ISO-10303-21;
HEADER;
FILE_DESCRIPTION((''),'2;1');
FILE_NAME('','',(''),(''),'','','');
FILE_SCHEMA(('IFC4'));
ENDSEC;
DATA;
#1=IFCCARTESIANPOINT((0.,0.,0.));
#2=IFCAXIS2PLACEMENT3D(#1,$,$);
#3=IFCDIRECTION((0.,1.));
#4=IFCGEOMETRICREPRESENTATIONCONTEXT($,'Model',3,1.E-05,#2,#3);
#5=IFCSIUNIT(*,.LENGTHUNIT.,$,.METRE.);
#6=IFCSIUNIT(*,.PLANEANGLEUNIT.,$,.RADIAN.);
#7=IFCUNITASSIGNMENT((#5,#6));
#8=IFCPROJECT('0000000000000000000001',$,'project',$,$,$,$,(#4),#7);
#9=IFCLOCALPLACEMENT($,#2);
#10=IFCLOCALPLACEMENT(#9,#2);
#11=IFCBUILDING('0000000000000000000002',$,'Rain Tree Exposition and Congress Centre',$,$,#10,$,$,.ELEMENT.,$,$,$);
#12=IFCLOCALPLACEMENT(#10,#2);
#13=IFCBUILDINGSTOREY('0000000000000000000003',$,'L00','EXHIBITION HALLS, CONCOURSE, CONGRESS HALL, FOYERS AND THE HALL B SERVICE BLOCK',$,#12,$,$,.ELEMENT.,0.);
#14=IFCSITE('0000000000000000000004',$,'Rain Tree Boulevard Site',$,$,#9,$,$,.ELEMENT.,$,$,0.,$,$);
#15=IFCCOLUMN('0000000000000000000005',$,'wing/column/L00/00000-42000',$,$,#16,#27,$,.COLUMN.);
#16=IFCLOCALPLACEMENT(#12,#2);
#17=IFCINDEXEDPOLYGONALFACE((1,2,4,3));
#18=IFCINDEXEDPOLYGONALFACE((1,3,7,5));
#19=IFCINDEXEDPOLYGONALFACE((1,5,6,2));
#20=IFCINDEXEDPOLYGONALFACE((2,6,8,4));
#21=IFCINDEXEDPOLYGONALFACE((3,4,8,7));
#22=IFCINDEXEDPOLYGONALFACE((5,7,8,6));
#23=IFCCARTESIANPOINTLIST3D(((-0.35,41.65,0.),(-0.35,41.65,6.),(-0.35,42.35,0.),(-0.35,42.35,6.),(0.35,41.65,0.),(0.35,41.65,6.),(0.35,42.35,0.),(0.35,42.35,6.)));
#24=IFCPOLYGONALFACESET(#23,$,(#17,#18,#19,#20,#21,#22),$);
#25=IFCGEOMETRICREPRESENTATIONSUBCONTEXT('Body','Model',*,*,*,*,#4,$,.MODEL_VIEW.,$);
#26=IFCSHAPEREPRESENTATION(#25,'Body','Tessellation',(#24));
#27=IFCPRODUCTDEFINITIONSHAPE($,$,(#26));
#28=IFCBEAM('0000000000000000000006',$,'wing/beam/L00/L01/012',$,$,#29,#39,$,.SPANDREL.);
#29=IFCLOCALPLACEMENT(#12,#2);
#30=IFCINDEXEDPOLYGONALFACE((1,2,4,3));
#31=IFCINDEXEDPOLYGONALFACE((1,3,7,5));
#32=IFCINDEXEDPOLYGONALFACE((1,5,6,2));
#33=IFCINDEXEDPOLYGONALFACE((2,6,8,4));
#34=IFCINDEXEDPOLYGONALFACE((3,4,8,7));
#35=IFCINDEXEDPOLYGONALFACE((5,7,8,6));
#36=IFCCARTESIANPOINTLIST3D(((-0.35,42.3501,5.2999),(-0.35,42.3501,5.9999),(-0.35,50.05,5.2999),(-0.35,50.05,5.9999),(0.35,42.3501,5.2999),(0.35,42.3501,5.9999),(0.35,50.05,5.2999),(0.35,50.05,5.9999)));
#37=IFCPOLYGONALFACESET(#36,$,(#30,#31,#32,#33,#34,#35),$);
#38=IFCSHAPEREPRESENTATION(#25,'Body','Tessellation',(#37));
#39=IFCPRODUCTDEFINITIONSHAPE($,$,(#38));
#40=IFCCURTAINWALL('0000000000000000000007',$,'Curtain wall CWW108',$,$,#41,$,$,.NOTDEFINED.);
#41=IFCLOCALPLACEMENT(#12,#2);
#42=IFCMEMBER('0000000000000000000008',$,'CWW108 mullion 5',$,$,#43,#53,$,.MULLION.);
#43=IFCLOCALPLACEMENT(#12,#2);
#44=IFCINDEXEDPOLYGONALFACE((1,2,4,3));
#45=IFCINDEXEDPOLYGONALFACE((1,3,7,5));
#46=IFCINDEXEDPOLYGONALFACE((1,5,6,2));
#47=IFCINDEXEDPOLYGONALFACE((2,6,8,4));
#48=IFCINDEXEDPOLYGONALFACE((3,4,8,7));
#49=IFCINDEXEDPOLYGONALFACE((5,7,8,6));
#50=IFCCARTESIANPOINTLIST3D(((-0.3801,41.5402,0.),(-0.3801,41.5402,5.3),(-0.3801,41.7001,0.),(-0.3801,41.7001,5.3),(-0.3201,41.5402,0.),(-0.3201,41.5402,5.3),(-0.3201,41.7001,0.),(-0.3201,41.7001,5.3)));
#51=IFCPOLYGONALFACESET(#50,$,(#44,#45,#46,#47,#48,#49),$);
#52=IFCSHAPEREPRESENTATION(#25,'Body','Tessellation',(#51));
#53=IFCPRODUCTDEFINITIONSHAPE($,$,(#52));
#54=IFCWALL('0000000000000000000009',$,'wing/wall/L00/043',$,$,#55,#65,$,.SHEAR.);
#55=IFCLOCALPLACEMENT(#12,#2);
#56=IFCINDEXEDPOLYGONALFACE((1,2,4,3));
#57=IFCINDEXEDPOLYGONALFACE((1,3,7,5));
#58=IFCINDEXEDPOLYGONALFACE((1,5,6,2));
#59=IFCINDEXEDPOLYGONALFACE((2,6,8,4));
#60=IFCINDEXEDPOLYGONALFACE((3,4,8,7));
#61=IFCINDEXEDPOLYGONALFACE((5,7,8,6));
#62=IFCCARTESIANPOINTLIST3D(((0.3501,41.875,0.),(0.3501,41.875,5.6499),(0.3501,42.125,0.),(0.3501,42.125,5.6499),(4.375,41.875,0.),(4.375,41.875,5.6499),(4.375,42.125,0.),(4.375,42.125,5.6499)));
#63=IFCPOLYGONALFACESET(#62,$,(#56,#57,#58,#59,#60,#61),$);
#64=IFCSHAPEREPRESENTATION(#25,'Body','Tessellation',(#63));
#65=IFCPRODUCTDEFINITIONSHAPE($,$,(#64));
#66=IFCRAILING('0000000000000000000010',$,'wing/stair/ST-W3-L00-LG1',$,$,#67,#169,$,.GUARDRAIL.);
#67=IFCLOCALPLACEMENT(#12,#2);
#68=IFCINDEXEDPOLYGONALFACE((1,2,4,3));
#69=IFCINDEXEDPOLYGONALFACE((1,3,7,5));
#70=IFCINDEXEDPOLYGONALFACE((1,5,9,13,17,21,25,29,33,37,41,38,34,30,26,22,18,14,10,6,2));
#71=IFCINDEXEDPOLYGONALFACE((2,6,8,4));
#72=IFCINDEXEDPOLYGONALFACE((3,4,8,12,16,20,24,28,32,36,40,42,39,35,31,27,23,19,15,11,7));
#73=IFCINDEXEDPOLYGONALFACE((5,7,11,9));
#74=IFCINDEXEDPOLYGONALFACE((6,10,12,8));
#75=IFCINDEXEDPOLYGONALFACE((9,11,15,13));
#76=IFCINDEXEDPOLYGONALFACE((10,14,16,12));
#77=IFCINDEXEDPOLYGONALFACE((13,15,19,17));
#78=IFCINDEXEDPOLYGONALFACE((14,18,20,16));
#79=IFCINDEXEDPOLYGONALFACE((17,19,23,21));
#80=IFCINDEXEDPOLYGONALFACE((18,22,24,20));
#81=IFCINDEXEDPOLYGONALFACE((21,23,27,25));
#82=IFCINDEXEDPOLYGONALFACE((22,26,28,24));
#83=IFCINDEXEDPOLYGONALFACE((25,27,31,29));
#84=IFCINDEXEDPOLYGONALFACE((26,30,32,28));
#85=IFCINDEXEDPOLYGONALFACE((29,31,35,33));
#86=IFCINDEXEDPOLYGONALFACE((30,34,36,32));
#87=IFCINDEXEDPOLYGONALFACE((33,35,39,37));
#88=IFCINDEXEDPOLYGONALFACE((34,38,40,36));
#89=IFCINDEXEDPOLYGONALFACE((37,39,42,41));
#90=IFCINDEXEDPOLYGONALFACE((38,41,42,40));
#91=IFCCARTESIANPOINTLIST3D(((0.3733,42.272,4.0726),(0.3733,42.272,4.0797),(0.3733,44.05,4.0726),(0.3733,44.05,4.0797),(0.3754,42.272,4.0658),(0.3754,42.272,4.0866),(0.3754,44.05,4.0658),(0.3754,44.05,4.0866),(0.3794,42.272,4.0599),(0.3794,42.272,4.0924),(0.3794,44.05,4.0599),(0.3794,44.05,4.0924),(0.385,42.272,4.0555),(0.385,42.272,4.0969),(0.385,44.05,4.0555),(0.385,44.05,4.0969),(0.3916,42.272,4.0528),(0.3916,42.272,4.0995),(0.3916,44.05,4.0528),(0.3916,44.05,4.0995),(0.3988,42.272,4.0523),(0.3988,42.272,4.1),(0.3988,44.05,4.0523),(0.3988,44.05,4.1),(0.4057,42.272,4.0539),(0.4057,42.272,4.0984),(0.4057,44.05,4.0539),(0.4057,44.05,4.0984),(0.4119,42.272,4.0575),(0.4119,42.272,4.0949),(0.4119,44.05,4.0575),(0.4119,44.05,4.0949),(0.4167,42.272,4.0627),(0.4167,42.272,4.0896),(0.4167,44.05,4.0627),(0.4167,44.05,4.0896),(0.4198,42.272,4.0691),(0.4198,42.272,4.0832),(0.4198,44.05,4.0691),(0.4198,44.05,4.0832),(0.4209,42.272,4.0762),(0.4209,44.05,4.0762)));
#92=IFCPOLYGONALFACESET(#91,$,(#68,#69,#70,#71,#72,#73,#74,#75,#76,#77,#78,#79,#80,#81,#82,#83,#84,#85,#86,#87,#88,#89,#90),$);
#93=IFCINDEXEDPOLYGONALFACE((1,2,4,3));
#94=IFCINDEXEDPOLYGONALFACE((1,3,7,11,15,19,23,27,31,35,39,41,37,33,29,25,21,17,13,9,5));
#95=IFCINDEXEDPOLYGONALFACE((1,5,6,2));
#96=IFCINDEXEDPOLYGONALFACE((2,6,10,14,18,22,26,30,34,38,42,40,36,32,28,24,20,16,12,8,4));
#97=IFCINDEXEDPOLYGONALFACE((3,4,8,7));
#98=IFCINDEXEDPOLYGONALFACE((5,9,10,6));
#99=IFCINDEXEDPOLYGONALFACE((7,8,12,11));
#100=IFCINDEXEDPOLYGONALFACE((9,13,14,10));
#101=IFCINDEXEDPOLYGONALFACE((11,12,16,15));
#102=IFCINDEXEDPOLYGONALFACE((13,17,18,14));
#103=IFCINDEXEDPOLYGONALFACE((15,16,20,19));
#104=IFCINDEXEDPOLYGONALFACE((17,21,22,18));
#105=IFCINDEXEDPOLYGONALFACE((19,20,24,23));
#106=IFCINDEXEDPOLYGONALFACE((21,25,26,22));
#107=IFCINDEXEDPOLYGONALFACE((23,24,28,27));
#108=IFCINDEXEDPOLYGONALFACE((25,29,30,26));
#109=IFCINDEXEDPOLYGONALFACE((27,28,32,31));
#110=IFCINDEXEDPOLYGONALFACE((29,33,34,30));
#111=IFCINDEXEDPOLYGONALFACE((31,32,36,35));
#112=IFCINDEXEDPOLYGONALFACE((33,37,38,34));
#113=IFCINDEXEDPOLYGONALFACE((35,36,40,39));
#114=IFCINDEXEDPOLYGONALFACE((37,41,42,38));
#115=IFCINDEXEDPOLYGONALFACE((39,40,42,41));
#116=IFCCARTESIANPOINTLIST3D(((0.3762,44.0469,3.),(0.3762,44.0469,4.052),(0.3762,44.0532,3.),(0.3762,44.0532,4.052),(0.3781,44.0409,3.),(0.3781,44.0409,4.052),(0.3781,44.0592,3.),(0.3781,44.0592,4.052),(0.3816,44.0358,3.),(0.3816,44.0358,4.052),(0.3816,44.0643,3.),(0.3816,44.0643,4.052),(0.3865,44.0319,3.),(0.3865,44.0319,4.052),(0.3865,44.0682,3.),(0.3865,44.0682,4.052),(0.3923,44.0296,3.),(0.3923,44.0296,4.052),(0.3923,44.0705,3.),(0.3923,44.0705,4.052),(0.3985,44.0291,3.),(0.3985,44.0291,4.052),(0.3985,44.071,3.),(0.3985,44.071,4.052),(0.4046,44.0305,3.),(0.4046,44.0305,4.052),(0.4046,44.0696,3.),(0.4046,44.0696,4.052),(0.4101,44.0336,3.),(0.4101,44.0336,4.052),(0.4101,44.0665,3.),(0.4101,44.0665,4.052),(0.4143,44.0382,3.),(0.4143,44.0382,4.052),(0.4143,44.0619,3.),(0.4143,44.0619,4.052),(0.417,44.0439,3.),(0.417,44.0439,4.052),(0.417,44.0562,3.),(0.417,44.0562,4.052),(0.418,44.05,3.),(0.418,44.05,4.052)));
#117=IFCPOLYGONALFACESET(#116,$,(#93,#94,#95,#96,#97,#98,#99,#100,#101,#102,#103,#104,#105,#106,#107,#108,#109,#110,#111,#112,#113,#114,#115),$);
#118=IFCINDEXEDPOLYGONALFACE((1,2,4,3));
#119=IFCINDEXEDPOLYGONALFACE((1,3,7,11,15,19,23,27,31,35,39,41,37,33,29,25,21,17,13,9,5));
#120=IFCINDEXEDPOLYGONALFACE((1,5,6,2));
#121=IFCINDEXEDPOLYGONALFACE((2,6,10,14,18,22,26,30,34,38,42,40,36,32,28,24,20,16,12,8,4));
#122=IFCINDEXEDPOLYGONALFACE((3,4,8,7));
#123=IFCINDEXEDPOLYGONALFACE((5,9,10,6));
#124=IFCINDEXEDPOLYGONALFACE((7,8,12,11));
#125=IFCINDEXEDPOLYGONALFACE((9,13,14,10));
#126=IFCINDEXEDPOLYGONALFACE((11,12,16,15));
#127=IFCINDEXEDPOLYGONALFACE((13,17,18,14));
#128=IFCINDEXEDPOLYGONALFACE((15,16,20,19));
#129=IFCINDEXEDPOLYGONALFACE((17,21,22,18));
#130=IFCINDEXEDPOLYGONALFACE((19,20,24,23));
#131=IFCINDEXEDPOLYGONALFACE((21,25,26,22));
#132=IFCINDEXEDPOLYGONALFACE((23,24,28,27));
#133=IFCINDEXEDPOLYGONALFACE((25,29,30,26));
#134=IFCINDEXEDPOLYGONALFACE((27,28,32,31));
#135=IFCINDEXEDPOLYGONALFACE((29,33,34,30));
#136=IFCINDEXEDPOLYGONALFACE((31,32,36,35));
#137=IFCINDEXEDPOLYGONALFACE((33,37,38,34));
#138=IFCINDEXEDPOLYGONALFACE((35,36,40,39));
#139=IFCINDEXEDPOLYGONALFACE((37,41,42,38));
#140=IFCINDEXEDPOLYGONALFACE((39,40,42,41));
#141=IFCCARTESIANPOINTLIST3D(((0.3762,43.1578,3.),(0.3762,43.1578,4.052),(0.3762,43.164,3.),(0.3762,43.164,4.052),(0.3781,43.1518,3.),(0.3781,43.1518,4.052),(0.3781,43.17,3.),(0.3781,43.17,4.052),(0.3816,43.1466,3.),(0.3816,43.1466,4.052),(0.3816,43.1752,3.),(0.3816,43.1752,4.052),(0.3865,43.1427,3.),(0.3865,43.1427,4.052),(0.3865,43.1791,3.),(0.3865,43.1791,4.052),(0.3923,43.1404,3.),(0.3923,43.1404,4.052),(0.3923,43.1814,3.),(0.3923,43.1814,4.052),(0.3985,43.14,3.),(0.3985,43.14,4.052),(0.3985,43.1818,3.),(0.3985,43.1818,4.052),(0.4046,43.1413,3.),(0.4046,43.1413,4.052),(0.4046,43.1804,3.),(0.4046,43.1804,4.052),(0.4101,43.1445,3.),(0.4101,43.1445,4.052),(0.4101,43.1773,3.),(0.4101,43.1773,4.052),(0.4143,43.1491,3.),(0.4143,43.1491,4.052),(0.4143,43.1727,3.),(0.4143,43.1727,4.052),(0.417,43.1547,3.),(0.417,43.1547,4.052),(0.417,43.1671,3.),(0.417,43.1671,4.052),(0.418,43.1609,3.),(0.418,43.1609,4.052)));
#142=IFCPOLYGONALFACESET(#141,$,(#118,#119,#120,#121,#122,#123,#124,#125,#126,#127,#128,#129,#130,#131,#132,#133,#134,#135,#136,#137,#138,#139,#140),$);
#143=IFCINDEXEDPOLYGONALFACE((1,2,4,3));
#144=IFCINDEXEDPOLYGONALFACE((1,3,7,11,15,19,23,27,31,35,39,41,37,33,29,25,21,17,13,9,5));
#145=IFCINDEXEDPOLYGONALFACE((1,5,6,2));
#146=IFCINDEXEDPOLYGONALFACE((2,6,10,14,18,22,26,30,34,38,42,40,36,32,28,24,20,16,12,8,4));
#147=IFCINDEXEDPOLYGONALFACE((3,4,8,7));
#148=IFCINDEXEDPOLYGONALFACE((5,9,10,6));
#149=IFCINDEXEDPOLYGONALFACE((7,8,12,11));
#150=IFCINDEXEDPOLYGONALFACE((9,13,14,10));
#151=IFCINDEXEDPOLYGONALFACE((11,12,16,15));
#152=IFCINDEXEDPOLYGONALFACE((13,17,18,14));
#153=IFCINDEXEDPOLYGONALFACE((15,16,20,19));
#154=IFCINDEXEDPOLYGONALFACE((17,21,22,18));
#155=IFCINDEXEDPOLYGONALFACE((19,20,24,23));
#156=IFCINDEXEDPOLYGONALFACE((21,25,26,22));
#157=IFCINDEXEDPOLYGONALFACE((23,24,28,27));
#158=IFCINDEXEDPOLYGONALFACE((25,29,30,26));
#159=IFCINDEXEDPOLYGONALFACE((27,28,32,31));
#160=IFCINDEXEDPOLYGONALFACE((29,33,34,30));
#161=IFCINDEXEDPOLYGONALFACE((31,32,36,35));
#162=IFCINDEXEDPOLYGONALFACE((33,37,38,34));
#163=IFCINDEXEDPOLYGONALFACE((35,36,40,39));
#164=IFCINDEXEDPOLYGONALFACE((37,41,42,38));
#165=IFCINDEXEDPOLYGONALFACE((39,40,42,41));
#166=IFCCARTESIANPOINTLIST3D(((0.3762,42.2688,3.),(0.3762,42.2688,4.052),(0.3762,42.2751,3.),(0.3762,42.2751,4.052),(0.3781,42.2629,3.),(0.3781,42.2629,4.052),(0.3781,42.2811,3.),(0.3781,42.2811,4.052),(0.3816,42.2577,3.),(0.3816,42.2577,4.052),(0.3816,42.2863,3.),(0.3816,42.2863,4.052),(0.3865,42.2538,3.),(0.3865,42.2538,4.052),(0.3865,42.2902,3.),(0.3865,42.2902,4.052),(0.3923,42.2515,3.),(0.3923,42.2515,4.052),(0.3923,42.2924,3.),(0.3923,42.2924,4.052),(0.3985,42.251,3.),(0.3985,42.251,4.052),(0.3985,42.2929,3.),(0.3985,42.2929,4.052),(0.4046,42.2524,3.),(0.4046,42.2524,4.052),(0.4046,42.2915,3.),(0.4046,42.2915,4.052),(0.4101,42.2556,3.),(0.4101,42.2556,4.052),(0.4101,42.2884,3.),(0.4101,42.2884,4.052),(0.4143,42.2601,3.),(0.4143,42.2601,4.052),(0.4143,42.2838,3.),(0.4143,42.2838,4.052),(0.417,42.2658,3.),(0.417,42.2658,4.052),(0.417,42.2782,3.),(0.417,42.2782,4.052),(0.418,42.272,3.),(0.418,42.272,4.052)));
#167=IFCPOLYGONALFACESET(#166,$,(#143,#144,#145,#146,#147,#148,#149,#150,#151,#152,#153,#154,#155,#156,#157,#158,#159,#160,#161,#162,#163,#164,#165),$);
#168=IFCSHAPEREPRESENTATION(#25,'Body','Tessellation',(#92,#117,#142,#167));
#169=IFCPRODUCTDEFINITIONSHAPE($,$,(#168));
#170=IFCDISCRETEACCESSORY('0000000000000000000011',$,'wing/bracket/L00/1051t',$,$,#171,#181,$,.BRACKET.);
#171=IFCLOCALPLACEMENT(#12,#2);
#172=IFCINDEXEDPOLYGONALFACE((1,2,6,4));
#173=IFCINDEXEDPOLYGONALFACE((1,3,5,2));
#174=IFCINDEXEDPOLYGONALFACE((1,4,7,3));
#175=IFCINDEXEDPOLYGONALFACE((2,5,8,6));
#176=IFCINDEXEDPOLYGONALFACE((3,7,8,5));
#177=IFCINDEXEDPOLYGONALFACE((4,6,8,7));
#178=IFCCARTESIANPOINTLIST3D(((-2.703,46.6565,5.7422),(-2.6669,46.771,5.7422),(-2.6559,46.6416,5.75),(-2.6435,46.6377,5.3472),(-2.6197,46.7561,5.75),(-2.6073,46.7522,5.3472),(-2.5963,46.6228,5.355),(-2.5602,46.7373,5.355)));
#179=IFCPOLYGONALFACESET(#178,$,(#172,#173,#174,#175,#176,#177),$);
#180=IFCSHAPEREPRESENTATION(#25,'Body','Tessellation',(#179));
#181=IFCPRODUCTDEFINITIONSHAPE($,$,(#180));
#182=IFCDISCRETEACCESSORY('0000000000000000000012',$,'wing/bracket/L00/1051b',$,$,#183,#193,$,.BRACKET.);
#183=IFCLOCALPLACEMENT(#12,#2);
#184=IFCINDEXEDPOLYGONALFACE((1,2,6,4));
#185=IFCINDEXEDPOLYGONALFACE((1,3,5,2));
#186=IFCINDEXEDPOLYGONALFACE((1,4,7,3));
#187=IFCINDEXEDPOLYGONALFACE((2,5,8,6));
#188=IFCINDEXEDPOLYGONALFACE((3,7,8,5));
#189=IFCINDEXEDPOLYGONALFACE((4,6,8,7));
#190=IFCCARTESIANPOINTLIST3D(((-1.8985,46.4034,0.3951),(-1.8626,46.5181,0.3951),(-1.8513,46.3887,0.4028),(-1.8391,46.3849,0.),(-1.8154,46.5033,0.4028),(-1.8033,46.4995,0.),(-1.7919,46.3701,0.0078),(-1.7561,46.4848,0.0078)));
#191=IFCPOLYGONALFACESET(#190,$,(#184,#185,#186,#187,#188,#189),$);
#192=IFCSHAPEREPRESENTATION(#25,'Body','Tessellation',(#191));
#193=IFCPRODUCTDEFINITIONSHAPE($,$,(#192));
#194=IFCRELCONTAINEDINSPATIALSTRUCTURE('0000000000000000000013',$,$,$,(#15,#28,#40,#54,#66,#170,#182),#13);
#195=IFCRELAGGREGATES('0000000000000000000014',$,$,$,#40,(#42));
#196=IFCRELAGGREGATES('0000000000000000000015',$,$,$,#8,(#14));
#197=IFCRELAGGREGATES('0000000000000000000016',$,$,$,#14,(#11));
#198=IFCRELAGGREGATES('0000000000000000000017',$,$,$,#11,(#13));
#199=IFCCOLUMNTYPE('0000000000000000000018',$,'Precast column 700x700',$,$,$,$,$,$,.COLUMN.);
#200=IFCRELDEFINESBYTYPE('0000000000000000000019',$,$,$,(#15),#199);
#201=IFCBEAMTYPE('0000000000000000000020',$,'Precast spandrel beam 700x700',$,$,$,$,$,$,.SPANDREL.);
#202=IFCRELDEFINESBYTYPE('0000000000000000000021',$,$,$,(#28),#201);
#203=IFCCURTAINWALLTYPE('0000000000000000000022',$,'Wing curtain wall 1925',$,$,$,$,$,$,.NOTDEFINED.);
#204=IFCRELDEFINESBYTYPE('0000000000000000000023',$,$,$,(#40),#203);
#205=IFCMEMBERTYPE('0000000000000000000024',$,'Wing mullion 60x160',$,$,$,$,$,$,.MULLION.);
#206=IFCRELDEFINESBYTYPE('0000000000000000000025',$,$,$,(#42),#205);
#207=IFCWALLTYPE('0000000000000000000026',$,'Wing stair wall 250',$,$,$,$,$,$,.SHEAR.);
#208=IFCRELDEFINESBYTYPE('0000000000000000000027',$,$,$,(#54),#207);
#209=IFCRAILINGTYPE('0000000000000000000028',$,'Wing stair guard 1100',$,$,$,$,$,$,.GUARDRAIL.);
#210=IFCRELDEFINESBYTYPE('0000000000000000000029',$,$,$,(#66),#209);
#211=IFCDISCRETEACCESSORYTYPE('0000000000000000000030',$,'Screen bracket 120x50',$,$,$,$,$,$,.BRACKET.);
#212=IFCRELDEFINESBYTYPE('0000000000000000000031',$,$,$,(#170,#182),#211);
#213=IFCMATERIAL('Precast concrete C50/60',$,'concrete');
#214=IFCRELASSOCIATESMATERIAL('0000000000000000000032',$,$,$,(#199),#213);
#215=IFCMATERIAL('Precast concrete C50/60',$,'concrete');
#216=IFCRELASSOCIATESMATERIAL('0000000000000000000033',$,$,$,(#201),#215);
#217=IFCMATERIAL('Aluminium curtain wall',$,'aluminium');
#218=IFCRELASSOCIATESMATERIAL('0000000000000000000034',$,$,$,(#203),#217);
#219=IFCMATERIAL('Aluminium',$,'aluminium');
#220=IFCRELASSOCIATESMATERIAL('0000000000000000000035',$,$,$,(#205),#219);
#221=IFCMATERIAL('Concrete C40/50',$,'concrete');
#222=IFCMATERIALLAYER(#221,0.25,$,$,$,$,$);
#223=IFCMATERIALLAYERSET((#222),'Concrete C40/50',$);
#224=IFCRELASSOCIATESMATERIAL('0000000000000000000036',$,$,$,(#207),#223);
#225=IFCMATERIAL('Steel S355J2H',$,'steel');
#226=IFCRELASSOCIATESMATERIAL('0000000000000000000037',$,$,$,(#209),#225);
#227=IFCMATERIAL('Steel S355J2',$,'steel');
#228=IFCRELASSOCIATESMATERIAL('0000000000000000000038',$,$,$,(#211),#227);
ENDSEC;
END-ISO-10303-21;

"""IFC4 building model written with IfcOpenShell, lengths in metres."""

from ifc_helpers import new_model, si_unit, direction, frame, frame_2d, origin, origin_2d, place, context, subcontext, project, spatial, rectangle, circle, extrude, material, layer, layer_set, material_profile, profile_set, type_object, element, aggregate, save


model = new_model("IFC4")

# Units and contexts
model_context = context("Model", 3, precision=1e-05, world=origin(), true_north=direction((0.0, 1.0)))
body_context = subcontext(model_context, "Body", "Model", "MODEL_VIEW")
ifc_project = project(units=[si_unit("LENGTHUNIT", "METRE"), si_unit("PLANEANGLEUNIT", "RADIAN")], contexts=[model_context])

# Site, building, storey
site_placement = place(None, origin())
site = spatial("IfcSite", under=ifc_project, at=site_placement, Name="Rain Tree Boulevard Site", CompositionType="ELEMENT", RefElevation=0.0)
building_placement = place(site_placement, origin())
building = spatial("IfcBuilding", under=site, at=building_placement, Name="Rain Tree Exposition and Congress Centre", CompositionType="ELEMENT")
storey_placement = place(building_placement, origin())
storey = spatial("IfcBuildingStorey", under=building, at=storey_placement, Name="L00", Description="EXHIBITION HALLS, CONCOURSE, CONGRESS HALL, FOYERS AND THE HALL B SERVICE BLOCK", CompositionType="ELEMENT", Elevation=0.0)

# Column
ifc_material_1 = material(Name="Precast concrete C50/60", Category="concrete")
ifc_material_profile_1 = material_profile(ifc_material_1, rectangle(XDim=0.7, YDim=0.7, at=origin_2d()), Name="RC 700x700")
ifc_profile_set_1 = profile_set([ifc_material_profile_1], Name="Precast concrete C50/60")
column_type = type_object("IfcColumnType", Name="Precast column 700x700", PredefinedType="COLUMN", material=ifc_profile_set_1)
column_placement = place(storey_placement, frame((0.0, 42.0, 0.0), z_axis=(0.0, 0.0, 1.0), x_axis=(1.0, 0.0, 0.0)))
element("IfcColumn", 1, at=column_placement, inside=storey, type_object=column_type, Name="wing/column/L00/00000-42000", PredefinedType="COLUMN", context=body_context, shape_type="SweptSolid", body=[
    extrude(rectangle(XDim=0.7, YDim=0.7, at=origin_2d()), origin(), (0.0, 0.0, 1.0), 6.0),
])

# Beam
ifc_material_2 = material(Name="Precast concrete C50/60", Category="concrete")
ifc_material_profile_2 = material_profile(ifc_material_2, rectangle(XDim=0.7, YDim=0.7, at=origin_2d()), Name="RC 700x700")
ifc_profile_set_2 = profile_set([ifc_material_profile_2], Name="Precast concrete C50/60")
beam_type = type_object("IfcBeamType", Name="Precast spandrel beam 700x700", PredefinedType="SPANDREL", material=ifc_profile_set_2)
beam_placement = place(storey_placement, frame((0.0, 42.3501, 5.6499), z_axis=(0.0, 1.0, 0.0), x_axis=(-1.0, 0.0, 0.0)))
element("IfcBeam", 2, at=beam_placement, inside=storey, type_object=beam_type, Name="wing/beam/L00/L01/012", PredefinedType="SPANDREL", context=body_context, shape_type="SweptSolid", body=[
    extrude(rectangle(XDim=0.7, YDim=0.7, at=origin_2d()), origin(), (0.0, 0.0, 1.0), 7.7),
])

# Curtain wall, member
ifc_material_3 = material(Name="Aluminium curtain wall", Category="aluminium")
curtain_wall_type = type_object("IfcCurtainWallType", Name="Wing curtain wall 1925", PredefinedType="NOTDEFINED", material=ifc_material_3)
curtain_wall_placement = place(storey_placement, origin())
curtain_wall = element("IfcCurtainWall", 3, at=curtain_wall_placement, inside=storey, type_object=curtain_wall_type, Name="Curtain wall CWW108", PredefinedType="NOTDEFINED")
ifc_material_4 = material(Name="Aluminium", Category="aluminium")
ifc_material_profile_3 = material_profile(ifc_material_4, rectangle(XDim=0.0601, YDim=0.1599, at=origin_2d()), Name="Aluminium 60x160")
ifc_profile_set_3 = profile_set([ifc_material_profile_3], Name="Aluminium")
member_type = type_object("IfcMemberType", Name="Wing mullion 60x160", PredefinedType="MULLION", material=ifc_profile_set_3)
member_placement = place(storey_placement, frame((-0.3501, 41.6201, 0.0), z_axis=(0.0, 0.0, 1.0), x_axis=(-1.0, 0.0, 0.0)))
member = element("IfcMember", 4, at=member_placement, type_object=member_type, Name="CWW108 mullion 5", PredefinedType="MULLION", context=body_context, shape_type="SweptSolid", body=[
    extrude(rectangle(XDim=0.0601, YDim=0.1599, at=origin_2d()), origin(), (0.0, 0.0, 1.0), 5.3),
])
aggregate(curtain_wall, [member])

# Wall
ifc_material_5 = material(Name="Concrete C40/50", Category="concrete")
ifc_layer_1 = layer(ifc_material_5, 0.25)
ifc_layer_set_1 = layer_set([ifc_layer_1], Name="Concrete C40/50")
wall_type_1 = type_object("IfcWallType", Name="Wing stair wall 250", PredefinedType="SHEAR", material=ifc_layer_set_1)
wall_1_placement = place(storey_placement, frame((0.3501, 42.0, 0.0), z_axis=(0.0, 0.0, 1.0), x_axis=(1.0, 0.0, 0.0)))
element("IfcWall", 5, at=wall_1_placement, inside=storey, type_object=wall_type_1, Name="wing/wall/L00/043", PredefinedType="SHEAR", context=body_context, shape_type="SweptSolid", body=[
    extrude(rectangle(XDim=4.0249, YDim=0.25, at=frame_2d((2.0125, 0.0))), origin(), (0.0, 0.0, 1.0), 5.6499),
])

# Railing
ifc_material_6 = material(Name="Steel S355J2H", Category="steel")
railing_type = type_object("IfcRailingType", Name="Wing stair guard 1100", PredefinedType="GUARDRAIL", material=ifc_material_6)
railing_placement = place(storey_placement, frame((0.397, 44.05, 3.0)))
element("IfcRailing", 6, at=railing_placement, inside=storey, type_object=railing_type, Name="wing/stair/ST-W3-L00-LG1", PredefinedType="GUARDRAIL", context=body_context, shape_type="SweptSolid", body=[
    extrude(circle(Radius=0.0239, at=origin_2d()), frame((0.0, 0.0, 1.0762), z_axis=(0.0, -1.0, 0.0), x_axis=(1.0, 0.0, 0.0)), (0.0, 0.0, 1.0), 1.7781),
    extrude(circle(Radius=0.021, at=origin_2d()), origin(), (0.0, 0.0, 1.0), 1.052),
    extrude(circle(Radius=0.021, at=origin_2d()), frame((0.0, -0.8892, 0.0)), (0.0, 0.0, 1.0), 1.052),
    extrude(circle(Radius=0.021, at=origin_2d()), frame((0.0, -1.7781, 0.0)), (0.0, 0.0, 1.0), 1.052),
])

# Discrete accessories
ifc_material_7 = material(Name="Steel S355J2", Category="steel")
ifc_material_profile_4 = material_profile(ifc_material_7, rectangle(XDim=0.1201, YDim=0.05, at=origin_2d()), Name="Flat bar 120x50")
ifc_profile_set_4 = profile_set([ifc_material_profile_4], Name="Steel S355J2")
discrete_accessory_type = type_object("IfcDiscreteAccessoryType", Name="Screen bracket 120x50", PredefinedType="BRACKET", material=ifc_profile_set_4)
for number, where, z_axis, x_axis, name in (
    (7, (-2.6018, 46.6875, 5.3511), (-0.148953, 0.047006, 0.987726), (-0.300944, -0.953642, 0.0), "wing/bracket/L00/1051t"),
    (8, (-1.7976, 46.4348, 0.0039), (-0.14836, 0.046401, 0.987844), (-0.298499, -0.95441, 0.0), "wing/bracket/L00/1051b"),
):
    element("IfcDiscreteAccessory", number, at=place(storey_placement, frame(where, z_axis=z_axis, x_axis=x_axis)), inside=storey, type_object=discrete_accessory_type, Name=name, PredefinedType="BRACKET", context=body_context, shape_type="SweptSolid", body=[
        extrude(rectangle(XDim=0.1201, YDim=0.05, at=origin_2d()), origin(), (0.0, 0.0, 1.0), 0.3999),
    ])

save(model, "model.ifc")
